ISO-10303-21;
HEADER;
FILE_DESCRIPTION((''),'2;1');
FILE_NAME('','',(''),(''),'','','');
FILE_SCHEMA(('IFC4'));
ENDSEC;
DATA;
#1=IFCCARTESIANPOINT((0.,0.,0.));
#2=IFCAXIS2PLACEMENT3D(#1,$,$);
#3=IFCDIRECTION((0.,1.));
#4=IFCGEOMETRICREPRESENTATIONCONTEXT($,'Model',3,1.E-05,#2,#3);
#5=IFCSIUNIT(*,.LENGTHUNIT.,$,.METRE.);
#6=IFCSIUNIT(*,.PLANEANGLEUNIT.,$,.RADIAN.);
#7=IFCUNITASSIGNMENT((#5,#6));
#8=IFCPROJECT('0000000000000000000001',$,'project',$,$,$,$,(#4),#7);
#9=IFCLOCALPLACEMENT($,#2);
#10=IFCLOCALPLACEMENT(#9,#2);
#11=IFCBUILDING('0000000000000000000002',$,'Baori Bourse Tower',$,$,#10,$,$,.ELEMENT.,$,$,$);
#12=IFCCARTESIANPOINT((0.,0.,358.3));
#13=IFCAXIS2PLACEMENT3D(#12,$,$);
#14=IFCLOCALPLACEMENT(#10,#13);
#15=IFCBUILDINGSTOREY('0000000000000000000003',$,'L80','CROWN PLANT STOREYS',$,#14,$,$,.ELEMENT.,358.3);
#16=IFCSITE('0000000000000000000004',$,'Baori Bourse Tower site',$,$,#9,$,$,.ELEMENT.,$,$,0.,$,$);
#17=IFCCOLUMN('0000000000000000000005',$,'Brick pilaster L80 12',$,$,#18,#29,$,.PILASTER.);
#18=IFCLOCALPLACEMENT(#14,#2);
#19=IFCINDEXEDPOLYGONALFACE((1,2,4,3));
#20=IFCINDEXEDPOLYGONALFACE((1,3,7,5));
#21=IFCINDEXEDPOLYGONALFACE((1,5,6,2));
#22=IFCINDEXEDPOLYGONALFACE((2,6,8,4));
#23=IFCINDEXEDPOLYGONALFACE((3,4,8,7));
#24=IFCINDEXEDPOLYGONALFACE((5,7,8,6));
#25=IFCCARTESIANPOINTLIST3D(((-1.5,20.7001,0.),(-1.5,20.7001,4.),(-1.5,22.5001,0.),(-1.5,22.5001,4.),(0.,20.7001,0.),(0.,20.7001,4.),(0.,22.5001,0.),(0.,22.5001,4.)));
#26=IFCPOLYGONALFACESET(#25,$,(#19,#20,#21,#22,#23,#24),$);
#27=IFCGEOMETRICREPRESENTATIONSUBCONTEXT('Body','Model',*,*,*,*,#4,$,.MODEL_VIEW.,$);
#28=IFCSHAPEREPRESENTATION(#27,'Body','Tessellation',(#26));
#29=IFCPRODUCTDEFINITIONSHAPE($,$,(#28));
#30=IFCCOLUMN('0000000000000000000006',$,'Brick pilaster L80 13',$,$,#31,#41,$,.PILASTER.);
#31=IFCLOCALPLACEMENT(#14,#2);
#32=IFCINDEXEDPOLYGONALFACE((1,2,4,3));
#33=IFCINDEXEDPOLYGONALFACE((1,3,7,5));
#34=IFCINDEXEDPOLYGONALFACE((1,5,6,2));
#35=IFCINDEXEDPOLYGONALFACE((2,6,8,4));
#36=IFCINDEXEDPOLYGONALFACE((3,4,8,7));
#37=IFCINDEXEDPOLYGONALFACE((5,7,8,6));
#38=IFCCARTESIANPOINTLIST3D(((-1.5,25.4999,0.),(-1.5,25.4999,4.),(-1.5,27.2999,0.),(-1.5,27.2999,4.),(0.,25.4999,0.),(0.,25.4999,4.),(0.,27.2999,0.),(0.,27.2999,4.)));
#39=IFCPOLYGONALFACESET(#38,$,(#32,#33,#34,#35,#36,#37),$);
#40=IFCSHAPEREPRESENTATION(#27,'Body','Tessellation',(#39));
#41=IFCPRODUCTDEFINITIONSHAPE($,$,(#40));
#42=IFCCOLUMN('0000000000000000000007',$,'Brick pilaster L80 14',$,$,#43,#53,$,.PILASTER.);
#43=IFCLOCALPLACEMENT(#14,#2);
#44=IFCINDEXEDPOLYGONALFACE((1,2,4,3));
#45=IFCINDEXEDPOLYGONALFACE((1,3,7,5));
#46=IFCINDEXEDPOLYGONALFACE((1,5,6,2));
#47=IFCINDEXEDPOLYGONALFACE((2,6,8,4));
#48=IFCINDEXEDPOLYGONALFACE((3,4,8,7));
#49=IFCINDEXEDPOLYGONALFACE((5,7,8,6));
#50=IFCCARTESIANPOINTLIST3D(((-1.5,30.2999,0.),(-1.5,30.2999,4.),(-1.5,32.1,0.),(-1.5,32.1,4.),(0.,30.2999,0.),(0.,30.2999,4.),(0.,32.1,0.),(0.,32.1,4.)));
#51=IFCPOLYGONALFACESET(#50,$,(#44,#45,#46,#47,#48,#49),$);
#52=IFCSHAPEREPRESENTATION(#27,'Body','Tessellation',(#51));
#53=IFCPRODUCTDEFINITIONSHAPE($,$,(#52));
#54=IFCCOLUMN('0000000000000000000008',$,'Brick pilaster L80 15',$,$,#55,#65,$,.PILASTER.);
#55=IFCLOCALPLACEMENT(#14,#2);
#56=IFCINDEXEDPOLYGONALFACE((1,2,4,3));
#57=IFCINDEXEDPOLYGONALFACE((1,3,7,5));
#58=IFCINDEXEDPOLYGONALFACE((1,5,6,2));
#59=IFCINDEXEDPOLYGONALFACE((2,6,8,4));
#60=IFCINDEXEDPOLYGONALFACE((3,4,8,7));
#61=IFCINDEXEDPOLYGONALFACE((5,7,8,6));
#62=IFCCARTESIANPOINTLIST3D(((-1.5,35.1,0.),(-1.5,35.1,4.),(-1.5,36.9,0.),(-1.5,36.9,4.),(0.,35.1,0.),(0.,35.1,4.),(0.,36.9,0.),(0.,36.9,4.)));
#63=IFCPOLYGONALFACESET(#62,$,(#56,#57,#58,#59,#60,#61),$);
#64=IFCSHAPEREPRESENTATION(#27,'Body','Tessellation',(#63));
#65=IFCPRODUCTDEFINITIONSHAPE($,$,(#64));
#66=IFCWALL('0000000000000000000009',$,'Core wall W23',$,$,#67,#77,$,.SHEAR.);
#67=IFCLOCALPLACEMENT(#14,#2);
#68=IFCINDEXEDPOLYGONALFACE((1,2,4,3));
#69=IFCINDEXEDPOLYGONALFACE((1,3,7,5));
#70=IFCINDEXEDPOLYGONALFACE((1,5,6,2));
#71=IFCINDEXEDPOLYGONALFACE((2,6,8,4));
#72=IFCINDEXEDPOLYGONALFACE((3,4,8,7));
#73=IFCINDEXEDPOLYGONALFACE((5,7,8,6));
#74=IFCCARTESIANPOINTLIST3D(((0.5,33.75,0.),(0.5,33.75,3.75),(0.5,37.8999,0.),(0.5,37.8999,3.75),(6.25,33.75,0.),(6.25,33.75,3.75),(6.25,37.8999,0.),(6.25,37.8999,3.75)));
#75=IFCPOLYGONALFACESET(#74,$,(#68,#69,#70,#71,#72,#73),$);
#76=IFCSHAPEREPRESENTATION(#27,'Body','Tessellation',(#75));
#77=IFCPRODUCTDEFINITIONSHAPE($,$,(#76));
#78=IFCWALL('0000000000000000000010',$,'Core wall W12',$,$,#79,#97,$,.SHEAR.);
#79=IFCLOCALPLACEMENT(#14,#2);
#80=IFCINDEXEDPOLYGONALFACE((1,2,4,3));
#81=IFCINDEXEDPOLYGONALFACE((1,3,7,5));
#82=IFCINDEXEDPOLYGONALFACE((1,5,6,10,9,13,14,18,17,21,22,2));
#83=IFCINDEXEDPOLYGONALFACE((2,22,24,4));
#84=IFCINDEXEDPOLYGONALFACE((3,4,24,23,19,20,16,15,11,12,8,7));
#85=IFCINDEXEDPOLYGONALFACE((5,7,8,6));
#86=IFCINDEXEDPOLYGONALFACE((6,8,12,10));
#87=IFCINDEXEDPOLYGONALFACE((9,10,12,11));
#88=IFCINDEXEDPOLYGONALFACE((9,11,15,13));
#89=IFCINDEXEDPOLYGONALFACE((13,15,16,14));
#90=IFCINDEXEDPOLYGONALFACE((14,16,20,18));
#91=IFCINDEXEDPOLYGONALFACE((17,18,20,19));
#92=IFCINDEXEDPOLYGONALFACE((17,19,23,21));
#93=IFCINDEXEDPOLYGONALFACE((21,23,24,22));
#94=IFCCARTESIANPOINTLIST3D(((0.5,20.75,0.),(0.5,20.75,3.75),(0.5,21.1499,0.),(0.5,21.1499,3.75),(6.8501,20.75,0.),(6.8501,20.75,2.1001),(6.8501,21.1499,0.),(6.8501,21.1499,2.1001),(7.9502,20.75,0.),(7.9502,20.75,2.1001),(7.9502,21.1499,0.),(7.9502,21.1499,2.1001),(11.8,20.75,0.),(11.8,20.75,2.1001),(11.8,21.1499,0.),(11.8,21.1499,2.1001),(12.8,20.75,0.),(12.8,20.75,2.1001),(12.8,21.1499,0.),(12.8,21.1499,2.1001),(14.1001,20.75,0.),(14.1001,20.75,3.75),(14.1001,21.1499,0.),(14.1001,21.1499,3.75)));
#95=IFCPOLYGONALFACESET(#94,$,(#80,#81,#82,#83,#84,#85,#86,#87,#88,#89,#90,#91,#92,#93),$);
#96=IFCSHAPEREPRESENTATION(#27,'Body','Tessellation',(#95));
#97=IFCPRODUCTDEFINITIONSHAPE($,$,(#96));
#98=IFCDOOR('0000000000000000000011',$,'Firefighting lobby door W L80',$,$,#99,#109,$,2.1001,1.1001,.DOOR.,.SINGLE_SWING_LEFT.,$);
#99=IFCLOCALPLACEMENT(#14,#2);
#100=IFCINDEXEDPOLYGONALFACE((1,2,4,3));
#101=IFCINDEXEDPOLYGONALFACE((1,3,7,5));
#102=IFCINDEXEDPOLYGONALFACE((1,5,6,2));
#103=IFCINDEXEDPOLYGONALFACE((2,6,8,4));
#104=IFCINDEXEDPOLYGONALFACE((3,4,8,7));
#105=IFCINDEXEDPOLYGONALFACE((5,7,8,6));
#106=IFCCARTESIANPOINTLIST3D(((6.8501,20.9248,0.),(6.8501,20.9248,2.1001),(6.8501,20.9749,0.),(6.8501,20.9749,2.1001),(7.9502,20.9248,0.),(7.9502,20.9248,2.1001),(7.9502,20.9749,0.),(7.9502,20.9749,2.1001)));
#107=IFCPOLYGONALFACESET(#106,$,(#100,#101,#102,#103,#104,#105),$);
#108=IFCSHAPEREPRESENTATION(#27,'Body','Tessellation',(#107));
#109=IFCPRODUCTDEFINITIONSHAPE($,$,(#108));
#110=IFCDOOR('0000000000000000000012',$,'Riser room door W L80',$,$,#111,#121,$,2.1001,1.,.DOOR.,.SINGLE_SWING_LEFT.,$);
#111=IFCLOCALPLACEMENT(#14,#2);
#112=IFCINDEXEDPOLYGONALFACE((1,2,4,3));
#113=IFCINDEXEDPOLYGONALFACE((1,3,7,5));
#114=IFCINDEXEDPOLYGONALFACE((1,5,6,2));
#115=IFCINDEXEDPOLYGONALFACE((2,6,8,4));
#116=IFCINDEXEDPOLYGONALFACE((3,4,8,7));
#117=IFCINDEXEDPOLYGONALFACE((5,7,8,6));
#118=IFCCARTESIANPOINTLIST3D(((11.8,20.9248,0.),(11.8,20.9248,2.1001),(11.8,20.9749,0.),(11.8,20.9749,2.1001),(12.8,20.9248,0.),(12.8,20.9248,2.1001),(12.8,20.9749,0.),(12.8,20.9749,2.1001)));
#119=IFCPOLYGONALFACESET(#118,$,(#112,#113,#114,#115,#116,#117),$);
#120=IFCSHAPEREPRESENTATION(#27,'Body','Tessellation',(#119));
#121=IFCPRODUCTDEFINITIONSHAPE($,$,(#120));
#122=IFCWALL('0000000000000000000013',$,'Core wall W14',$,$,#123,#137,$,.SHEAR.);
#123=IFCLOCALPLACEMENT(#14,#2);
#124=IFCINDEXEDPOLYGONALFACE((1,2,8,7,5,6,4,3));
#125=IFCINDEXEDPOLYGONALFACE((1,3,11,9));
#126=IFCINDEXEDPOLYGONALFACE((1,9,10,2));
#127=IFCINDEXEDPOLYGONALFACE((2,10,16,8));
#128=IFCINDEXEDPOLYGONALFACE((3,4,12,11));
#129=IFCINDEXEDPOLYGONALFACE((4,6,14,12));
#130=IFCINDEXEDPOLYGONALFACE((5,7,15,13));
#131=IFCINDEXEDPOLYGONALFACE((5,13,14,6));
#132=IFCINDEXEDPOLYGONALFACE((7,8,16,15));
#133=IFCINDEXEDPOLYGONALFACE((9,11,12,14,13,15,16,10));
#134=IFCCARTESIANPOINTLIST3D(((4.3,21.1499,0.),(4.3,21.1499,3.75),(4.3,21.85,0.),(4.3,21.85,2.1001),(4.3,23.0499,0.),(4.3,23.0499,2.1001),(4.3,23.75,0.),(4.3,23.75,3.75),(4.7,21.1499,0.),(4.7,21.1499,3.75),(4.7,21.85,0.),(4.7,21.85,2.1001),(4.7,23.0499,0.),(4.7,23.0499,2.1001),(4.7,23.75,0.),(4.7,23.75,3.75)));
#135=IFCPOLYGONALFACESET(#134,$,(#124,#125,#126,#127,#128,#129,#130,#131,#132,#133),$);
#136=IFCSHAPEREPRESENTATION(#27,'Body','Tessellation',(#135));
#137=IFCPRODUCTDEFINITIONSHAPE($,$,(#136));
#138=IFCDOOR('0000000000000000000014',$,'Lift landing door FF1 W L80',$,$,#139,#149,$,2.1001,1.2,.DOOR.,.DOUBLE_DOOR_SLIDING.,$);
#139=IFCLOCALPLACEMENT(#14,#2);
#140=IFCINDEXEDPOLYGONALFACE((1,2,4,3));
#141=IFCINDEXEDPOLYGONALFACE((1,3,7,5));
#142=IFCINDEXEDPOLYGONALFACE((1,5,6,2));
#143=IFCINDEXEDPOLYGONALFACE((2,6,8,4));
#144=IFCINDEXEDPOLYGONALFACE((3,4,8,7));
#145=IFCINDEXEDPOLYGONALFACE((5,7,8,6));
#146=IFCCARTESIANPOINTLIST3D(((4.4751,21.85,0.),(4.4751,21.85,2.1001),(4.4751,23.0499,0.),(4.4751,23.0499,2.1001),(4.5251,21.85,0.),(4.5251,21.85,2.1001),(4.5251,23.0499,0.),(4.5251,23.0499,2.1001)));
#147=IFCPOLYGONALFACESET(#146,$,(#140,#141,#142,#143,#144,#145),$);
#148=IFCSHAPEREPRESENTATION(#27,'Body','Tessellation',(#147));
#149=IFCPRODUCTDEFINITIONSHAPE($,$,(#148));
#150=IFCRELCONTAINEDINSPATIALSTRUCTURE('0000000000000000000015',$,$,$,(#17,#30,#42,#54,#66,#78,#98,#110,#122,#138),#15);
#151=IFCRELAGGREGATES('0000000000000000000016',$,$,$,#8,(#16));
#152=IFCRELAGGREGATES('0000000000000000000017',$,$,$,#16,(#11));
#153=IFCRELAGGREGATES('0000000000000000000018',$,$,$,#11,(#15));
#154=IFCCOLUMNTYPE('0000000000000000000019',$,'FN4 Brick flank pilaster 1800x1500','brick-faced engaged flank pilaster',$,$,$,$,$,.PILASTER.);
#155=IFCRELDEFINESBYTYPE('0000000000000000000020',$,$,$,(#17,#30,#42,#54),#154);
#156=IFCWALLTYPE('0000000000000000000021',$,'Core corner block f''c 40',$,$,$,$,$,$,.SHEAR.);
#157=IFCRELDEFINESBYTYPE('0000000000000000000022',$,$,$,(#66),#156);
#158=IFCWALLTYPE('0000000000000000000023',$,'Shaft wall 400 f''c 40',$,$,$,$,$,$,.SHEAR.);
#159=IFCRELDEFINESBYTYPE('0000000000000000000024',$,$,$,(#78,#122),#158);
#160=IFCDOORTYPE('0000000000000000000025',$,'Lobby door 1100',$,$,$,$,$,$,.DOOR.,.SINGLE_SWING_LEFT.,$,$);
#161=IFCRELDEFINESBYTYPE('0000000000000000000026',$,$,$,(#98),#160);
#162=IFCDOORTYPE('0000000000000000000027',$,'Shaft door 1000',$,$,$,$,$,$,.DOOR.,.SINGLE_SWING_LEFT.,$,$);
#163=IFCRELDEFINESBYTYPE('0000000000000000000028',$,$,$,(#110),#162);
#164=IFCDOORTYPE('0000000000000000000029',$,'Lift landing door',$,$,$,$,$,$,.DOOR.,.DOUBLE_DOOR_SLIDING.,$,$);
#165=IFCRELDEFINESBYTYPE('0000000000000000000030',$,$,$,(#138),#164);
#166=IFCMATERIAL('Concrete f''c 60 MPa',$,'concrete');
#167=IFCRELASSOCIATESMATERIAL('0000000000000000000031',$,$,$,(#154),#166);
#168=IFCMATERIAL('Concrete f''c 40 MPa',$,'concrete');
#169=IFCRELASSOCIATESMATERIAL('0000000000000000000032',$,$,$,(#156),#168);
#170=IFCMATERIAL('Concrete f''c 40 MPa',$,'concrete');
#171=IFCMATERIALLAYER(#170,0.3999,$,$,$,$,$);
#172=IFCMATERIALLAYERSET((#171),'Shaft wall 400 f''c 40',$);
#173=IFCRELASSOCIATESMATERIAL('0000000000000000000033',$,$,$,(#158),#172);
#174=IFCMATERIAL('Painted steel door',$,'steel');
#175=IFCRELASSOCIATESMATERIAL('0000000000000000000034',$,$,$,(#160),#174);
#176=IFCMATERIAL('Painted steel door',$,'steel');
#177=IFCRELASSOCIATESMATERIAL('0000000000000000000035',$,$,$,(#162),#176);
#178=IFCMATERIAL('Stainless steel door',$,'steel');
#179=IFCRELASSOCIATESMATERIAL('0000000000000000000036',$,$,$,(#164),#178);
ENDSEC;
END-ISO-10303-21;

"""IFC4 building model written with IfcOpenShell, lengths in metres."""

from ifc_helpers import new_model, si_unit, direction, frame, frame_2d, origin, origin_2d, place, context, subcontext, project, spatial, rectangle, extrude, material, layer, layer_set, material_profile, profile_set, type_object, element, fill, save


model = new_model("IFC4")

# Units and contexts
model_context = context("Model", 3, precision=1e-05, world=origin(), true_north=direction((0.0, 1.0)))
body_context = subcontext(model_context, "Body", "Model", "MODEL_VIEW")
ifc_project = project(units=[si_unit("LENGTHUNIT", "METRE"), si_unit("PLANEANGLEUNIT", "RADIAN")], contexts=[model_context])

# Site, building, storey
site_placement = place(None, origin())
site = spatial("IfcSite", under=ifc_project, at=site_placement, Name="Baori Bourse Tower site", CompositionType="ELEMENT", RefElevation=0.0)
building_placement = place(site_placement, origin())
building = spatial("IfcBuilding", under=site, at=building_placement, Name="Baori Bourse Tower", CompositionType="ELEMENT")
storey_placement = place(building_placement, frame((0.0, 0.0, 358.3)))
storey = spatial("IfcBuildingStorey", under=building, at=storey_placement, Name="L80", Description="CROWN PLANT STOREYS", CompositionType="ELEMENT", Elevation=358.3)

# Columns
ifc_material_1 = material(Name="Concrete f'c 60 MPa", Category="concrete")
ifc_material_profile = material_profile(ifc_material_1, rectangle(XDim=1.8, YDim=1.5, at=origin_2d()), Name="RC 1800x1500")
ifc_profile_set = profile_set([ifc_material_profile], Name="Concrete f'c 60 MPa")
column_type = type_object("IfcColumnType", Name="FN4 Brick flank pilaster 1800x1500", Description="brick-faced engaged flank pilaster", PredefinedType="PILASTER", material=ifc_profile_set)
for number, where, z_axis, x_axis, name in (
    (1, (-0.75, 21.6001, 0.0), (0.0, 0.0, 1.0), (0.0, 1.0, 0.0), "Brick pilaster L80 12"),
    (2, (-0.75, 26.3999, 0.0), (0.0, 0.0, 1.0), (0.0, 1.0, 0.0), "Brick pilaster L80 13"),
    (3, (-0.75, 31.2, 0.0), (0.0, 0.0, 1.0), (0.0, 1.0, 0.0), "Brick pilaster L80 14"),
    (4, (-0.75, 36.0, 0.0), (0.0, 0.0, 1.0), (0.0, 1.0, 0.0), "Brick pilaster L80 15"),
):
    element("IfcColumn", number, at=place(storey_placement, frame(where, z_axis=z_axis, x_axis=x_axis)), inside=storey, type_object=column_type, Name=name, PredefinedType="PILASTER", context=body_context, shape_type="SweptSolid", body=[
        extrude(rectangle(XDim=1.8, YDim=1.5, at=origin_2d()), origin(), (0.0, 0.0, 1.0), 4.0),
    ])

# Wall
ifc_material_2 = material(Name="Concrete f'c 40 MPa", Category="concrete")
wall_type_1 = type_object("IfcWallType", Name="Core corner block f'c 40", PredefinedType="SHEAR", material=ifc_material_2)
wall_1_placement = place(storey_placement, frame((0.5, 35.825, 0.0), z_axis=(0.0, 0.0, 1.0), x_axis=(1.0, 0.0, 0.0)))
element("IfcWall", 5, at=wall_1_placement, inside=storey, type_object=wall_type_1, Name="Core wall W23", PredefinedType="SHEAR", context=body_context, shape_type="SweptSolid", body=[
    extrude(rectangle(XDim=5.75, YDim=4.1499, at=frame_2d((2.875, 0.0))), origin(), (0.0, 0.0, 1.0), 3.75),
])

# Wall, openings, doors
ifc_material_3 = material(Name="Concrete f'c 40 MPa", Category="concrete")
ifc_layer_1 = layer(ifc_material_3, 0.3999)
ifc_layer_set_1 = layer_set([ifc_layer_1], Name="Shaft wall 400 f'c 40")
wall_type_2 = type_object("IfcWallType", Name="Shaft wall 400 f'c 40", PredefinedType="SHEAR", material=ifc_layer_set_1)
wall_2_placement = place(storey_placement, frame((0.5, 20.95, 0.0), z_axis=(0.0, 0.0, 1.0), x_axis=(1.0, 0.0, 0.0)))
wall_2 = element("IfcWall", 6, at=wall_2_placement, inside=storey, type_object=wall_type_2, Name="Core wall W12", PredefinedType="SHEAR", context=body_context, shape_type="SweptSolid", body=[
    extrude(rectangle(XDim=13.6001, YDim=0.3999, at=frame_2d((6.8, 0.0))), origin(), (0.0, 0.0, 1.0), 3.75),
])
opening_1_placement = place(wall_2_placement, frame((6.3501, 0.0, 0.0)))
opening_1 = element("IfcOpeningElement", 7, at=opening_1_placement, cuts=wall_2, PredefinedType="OPENING", context=body_context, shape_type="SweptSolid", body=[
    extrude(rectangle(XDim=1.1001, YDim=2.1001, at=frame_2d((0.55, 1.05))), frame((0.0, 0.21, 0.0), z_axis=(0.0, -1.0, 0.0), x_axis=(1.0, 0.0, 0.0)), (0.0, 0.0, 1.0), 0.4199),
])
opening_2_placement = place(wall_2_placement, frame((11.3, 0.0, 0.0)))
opening_2 = element("IfcOpeningElement", 8, at=opening_2_placement, cuts=wall_2, PredefinedType="OPENING", context=body_context, shape_type="SweptSolid", body=[
    extrude(rectangle(XDim=1.0, YDim=2.1001, at=frame_2d((0.5, 1.05))), frame((0.0, 0.21, 0.0), z_axis=(0.0, -1.0, 0.0), x_axis=(1.0, 0.0, 0.0)), (0.0, 0.0, 1.0), 0.4199),
])
ifc_material_4 = material(Name="Painted steel door", Category="steel")
door_type_1 = type_object("IfcDoorType", Name="Lobby door 1100", OperationType="SINGLE_SWING_LEFT", PredefinedType="DOOR", material=ifc_material_4)
door_1_placement = place(opening_1_placement, origin())
door_1 = element("IfcDoor", 9, at=door_1_placement, inside=storey, type_object=door_type_1, Name="Firefighting lobby door W L80", OperationType="SINGLE_SWING_LEFT", OverallHeight=2.1001, OverallWidth=1.1001, PredefinedType="DOOR", context=body_context, shape_type="SweptSolid", body=[
    extrude(rectangle(XDim=1.1001, YDim=2.1001, at=frame_2d((0.55, 1.05))), frame((0.0, 0.0249, 0.0), z_axis=(0.0, -1.0, 0.0), x_axis=(1.0, 0.0, 0.0)), (0.0, 0.0, 1.0), 0.05),
])
fill(opening_1, door_1)
ifc_material_5 = material(Name="Painted steel door", Category="steel")
door_type_2 = type_object("IfcDoorType", Name="Shaft door 1000", OperationType="SINGLE_SWING_LEFT", PredefinedType="DOOR", material=ifc_material_5)
door_2_placement = place(opening_2_placement, origin())
door_2 = element("IfcDoor", 10, at=door_2_placement, inside=storey, type_object=door_type_2, Name="Riser room door W L80", OperationType="SINGLE_SWING_LEFT", OverallHeight=2.1001, OverallWidth=1.0, PredefinedType="DOOR", context=body_context, shape_type="SweptSolid", body=[
    extrude(rectangle(XDim=1.0, YDim=2.1001, at=frame_2d((0.5, 1.05))), frame((0.0, 0.0249, 0.0), z_axis=(0.0, -1.0, 0.0), x_axis=(1.0, 0.0, 0.0)), (0.0, 0.0, 1.0), 0.05),
])
fill(opening_2, door_2)

# Wall, opening, door
wall_3_placement = place(storey_placement, frame((4.5, 21.1499, 0.0), z_axis=(0.0, 0.0, 1.0), x_axis=(0.0, 1.0, 0.0)))
wall_3 = element("IfcWall", 11, at=wall_3_placement, inside=storey, type_object=wall_type_2, Name="Core wall W14", PredefinedType="SHEAR", context=body_context, shape_type="SweptSolid", body=[
    extrude(rectangle(XDim=2.6001, YDim=0.3999, at=frame_2d((1.3, 0.0))), origin(), (0.0, 0.0, 1.0), 3.75),
])
opening_3_placement = place(wall_3_placement, frame((0.7, 0.0, 0.0)))
opening_3 = element("IfcOpeningElement", 12, at=opening_3_placement, cuts=wall_3, PredefinedType="OPENING", context=body_context, shape_type="SweptSolid", body=[
    extrude(rectangle(XDim=1.2, YDim=2.1001, at=frame_2d((0.6001, 1.05))), frame((0.0, 0.21, 0.0), z_axis=(0.0, -1.0, 0.0), x_axis=(1.0, 0.0, 0.0)), (0.0, 0.0, 1.0), 0.4199),
])
ifc_material_6 = material(Name="Stainless steel door", Category="steel")
door_type_3 = type_object("IfcDoorType", Name="Lift landing door", OperationType="DOUBLE_DOOR_SLIDING", PredefinedType="DOOR", material=ifc_material_6)
door_3_placement = place(opening_3_placement, origin())
door_3 = element("IfcDoor", 13, at=door_3_placement, inside=storey, type_object=door_type_3, Name="Lift landing door FF1 W L80", OperationType="DOUBLE_DOOR_SLIDING", OverallHeight=2.1001, OverallWidth=1.2, PredefinedType="DOOR", context=body_context, shape_type="SweptSolid", body=[
    extrude(rectangle(XDim=1.2, YDim=2.1001, at=frame_2d((0.6001, 1.05))), frame((0.0, 0.0249, 0.0), z_axis=(0.0, -1.0, 0.0), x_axis=(1.0, 0.0, 0.0)), (0.0, 0.0, 1.0), 0.05),
])
fill(opening_3, door_3)

save(model, "model.ifc")
